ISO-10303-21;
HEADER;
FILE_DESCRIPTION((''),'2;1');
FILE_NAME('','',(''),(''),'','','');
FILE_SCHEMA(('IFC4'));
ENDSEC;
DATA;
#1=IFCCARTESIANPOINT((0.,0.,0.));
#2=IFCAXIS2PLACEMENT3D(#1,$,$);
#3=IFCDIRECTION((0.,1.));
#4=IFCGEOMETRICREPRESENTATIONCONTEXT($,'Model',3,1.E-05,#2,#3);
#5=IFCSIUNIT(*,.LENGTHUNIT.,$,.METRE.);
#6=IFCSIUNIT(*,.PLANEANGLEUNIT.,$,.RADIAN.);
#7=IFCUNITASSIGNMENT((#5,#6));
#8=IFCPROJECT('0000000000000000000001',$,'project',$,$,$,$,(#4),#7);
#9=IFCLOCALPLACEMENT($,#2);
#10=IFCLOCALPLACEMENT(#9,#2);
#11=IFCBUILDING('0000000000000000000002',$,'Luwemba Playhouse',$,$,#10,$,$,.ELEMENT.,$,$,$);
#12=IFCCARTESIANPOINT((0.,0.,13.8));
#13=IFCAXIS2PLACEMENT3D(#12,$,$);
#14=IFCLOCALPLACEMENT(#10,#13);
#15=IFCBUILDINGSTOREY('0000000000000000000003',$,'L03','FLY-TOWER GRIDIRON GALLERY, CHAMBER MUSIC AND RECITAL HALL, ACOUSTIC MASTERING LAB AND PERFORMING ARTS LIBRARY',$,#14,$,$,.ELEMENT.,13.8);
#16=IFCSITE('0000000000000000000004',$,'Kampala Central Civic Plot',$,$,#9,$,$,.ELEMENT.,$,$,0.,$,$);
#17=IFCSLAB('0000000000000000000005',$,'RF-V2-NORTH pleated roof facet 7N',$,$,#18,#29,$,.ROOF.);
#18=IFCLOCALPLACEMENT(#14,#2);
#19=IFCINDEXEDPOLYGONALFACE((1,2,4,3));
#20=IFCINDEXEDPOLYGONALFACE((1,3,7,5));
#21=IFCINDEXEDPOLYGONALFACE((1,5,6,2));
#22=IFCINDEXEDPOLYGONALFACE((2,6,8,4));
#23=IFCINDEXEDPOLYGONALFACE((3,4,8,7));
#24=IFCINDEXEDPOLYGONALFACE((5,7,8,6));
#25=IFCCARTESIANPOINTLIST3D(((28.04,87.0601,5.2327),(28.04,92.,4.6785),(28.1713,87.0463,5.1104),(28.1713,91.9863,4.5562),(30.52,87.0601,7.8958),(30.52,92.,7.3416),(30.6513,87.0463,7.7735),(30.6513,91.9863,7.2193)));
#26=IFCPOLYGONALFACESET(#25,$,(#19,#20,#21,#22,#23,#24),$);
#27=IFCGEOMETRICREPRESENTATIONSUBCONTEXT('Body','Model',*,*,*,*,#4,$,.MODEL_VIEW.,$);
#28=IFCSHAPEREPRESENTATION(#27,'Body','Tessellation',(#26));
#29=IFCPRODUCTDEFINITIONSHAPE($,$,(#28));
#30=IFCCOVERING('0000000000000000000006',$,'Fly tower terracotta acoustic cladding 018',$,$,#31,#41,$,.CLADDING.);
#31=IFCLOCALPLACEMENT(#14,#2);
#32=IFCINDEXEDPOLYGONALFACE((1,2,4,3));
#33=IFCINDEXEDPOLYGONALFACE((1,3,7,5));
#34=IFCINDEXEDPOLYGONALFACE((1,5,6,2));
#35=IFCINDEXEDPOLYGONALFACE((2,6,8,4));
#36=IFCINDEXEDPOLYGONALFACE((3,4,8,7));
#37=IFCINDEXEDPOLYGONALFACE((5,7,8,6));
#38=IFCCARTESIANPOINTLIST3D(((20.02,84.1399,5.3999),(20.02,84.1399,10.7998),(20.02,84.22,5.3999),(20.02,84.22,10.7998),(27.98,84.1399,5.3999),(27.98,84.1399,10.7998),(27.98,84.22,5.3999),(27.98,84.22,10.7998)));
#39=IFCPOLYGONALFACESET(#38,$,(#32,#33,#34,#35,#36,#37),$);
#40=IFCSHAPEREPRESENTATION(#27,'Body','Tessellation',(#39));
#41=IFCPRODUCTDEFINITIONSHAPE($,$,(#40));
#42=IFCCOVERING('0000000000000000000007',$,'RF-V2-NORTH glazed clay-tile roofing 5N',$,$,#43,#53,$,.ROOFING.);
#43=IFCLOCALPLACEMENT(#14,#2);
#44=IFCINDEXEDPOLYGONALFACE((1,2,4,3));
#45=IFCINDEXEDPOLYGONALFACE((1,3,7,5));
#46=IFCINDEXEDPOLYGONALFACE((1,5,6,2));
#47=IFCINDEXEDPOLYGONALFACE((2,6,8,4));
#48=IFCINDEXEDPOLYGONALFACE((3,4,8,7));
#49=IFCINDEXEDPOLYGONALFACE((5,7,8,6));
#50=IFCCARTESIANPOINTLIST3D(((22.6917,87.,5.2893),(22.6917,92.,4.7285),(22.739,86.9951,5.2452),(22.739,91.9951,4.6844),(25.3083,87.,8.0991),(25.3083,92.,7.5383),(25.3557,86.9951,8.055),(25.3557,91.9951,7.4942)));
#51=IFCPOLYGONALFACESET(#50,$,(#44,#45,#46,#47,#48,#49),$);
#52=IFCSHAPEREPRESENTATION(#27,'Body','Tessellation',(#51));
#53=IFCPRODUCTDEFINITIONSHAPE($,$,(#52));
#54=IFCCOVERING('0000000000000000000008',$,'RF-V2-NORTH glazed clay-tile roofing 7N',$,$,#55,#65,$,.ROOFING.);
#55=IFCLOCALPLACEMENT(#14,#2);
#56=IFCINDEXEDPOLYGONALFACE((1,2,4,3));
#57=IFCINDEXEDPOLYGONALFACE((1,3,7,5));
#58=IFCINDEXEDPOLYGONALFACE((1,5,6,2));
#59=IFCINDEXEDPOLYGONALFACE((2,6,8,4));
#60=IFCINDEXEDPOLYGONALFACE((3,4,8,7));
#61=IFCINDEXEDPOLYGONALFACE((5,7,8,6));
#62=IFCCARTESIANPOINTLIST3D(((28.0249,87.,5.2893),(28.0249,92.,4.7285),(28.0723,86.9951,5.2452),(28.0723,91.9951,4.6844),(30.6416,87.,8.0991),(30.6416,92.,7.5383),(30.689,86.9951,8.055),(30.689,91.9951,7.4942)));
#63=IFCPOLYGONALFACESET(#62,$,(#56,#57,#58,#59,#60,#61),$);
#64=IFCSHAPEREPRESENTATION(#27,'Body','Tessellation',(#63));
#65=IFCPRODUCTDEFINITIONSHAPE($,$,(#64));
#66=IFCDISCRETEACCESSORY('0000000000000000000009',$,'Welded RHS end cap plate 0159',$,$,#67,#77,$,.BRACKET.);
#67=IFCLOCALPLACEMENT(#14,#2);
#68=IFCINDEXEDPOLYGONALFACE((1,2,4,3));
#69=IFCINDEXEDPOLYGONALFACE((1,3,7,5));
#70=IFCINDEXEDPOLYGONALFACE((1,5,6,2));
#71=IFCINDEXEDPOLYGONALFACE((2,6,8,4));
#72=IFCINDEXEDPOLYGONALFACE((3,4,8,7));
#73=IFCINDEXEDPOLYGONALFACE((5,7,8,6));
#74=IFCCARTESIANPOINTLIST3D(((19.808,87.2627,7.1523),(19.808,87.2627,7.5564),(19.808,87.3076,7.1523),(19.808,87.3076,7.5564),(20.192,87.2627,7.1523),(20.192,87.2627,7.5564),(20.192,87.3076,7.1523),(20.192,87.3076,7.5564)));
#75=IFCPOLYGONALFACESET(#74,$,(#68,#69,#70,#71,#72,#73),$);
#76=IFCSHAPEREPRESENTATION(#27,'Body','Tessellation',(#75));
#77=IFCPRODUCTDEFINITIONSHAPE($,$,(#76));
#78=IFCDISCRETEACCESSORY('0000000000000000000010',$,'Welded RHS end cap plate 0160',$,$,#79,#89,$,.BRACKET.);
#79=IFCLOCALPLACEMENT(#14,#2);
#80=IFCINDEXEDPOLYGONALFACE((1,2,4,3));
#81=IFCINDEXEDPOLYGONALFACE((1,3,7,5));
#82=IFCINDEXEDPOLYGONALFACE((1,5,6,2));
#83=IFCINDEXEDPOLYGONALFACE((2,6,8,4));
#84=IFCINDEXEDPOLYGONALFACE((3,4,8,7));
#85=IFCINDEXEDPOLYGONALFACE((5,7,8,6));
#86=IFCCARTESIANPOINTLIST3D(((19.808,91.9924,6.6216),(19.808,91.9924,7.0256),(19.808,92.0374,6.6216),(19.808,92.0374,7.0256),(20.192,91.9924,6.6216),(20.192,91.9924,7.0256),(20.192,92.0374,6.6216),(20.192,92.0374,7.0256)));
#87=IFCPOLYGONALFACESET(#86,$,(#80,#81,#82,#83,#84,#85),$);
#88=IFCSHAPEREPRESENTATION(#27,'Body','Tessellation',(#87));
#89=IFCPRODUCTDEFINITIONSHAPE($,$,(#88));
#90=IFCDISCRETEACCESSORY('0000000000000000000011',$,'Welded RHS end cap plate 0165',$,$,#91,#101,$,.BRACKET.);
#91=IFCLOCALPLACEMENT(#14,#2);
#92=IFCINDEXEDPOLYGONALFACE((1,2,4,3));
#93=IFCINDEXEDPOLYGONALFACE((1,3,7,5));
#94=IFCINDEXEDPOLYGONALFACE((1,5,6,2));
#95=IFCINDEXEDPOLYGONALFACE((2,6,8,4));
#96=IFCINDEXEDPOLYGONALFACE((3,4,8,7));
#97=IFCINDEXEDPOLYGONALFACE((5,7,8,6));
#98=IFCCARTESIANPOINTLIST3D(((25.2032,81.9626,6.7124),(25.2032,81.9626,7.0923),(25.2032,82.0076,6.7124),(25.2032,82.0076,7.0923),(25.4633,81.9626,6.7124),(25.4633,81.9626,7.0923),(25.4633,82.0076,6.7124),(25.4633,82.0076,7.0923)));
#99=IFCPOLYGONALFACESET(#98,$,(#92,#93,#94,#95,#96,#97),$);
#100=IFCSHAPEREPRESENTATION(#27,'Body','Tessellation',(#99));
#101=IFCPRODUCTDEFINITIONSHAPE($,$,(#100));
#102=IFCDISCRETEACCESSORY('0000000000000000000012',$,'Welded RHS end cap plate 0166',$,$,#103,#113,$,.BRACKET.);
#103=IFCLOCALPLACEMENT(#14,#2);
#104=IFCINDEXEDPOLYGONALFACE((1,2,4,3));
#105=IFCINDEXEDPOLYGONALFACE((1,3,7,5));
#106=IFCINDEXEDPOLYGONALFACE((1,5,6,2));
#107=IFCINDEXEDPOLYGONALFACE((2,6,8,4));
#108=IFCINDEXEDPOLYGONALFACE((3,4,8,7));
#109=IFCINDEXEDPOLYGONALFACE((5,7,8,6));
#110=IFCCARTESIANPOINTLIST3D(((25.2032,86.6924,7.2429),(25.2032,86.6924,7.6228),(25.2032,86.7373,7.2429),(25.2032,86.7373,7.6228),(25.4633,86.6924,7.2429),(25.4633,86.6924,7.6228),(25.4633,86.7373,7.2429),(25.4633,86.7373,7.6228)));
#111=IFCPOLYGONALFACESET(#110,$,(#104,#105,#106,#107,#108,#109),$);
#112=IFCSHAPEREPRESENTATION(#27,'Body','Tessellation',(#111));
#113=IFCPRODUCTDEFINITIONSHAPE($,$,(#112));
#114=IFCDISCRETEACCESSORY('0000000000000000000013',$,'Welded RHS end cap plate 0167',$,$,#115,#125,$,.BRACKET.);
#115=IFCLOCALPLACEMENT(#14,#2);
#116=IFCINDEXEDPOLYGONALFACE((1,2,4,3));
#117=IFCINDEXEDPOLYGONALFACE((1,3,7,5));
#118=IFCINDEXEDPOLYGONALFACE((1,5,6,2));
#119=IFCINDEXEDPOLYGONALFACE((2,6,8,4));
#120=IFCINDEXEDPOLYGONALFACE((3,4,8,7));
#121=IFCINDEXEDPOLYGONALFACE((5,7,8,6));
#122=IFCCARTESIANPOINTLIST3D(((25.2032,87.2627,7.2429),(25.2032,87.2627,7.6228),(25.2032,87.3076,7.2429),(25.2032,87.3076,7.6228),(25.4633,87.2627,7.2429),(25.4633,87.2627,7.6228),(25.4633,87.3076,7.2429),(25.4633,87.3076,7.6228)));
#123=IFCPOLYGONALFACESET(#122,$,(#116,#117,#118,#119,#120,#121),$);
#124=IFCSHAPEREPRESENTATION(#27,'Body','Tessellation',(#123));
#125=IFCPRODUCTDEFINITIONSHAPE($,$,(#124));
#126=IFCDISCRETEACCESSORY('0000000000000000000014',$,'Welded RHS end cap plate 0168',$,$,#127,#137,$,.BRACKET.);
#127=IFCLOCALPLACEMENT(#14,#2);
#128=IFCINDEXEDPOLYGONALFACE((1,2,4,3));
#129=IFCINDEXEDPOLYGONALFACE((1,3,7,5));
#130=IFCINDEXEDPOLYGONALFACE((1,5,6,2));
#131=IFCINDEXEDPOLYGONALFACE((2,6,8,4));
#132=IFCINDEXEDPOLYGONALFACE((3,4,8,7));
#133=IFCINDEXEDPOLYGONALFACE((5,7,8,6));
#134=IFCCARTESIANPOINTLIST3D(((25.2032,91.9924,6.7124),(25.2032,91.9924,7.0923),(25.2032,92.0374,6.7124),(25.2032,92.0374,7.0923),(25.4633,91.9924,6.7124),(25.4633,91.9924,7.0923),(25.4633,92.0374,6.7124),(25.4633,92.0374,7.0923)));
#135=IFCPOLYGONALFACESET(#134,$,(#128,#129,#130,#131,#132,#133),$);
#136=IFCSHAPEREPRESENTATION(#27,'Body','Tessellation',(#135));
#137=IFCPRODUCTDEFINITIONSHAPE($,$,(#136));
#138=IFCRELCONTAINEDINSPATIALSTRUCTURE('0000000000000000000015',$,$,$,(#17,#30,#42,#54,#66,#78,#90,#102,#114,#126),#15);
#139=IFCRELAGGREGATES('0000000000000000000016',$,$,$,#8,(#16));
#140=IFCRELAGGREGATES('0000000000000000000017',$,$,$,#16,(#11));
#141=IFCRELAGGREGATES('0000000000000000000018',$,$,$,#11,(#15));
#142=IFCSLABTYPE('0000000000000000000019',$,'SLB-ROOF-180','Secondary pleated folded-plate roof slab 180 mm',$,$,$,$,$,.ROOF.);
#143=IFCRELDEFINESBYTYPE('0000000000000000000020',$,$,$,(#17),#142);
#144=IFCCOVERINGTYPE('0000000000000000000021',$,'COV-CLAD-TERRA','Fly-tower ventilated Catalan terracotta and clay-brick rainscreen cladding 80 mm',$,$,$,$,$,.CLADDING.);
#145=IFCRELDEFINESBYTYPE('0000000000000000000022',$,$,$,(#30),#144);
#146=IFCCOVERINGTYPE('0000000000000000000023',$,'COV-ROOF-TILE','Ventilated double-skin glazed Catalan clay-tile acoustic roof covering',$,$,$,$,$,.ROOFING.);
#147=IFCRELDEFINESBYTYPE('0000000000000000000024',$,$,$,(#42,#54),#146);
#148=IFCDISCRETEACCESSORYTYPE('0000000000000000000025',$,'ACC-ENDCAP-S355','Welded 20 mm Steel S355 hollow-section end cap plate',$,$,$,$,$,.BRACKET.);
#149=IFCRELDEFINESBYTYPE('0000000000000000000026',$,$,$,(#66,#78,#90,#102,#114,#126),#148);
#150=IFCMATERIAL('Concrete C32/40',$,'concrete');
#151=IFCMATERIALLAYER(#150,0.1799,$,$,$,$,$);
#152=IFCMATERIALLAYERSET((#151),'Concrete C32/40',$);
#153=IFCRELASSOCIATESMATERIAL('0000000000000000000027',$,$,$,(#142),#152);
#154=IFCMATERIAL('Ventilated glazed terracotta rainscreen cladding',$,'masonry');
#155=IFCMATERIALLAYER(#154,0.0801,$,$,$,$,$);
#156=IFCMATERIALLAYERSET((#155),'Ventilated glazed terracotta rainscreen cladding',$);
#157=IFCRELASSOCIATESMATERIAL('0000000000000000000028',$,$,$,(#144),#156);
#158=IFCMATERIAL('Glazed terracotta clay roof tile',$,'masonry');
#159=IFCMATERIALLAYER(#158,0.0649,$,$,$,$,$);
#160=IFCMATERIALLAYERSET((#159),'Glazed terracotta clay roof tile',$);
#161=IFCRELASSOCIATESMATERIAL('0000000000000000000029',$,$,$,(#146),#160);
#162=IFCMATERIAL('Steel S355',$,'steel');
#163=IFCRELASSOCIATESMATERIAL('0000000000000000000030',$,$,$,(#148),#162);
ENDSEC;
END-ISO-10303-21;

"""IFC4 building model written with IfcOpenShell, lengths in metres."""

from ifc_helpers import new_model, si_unit, direction, frame, origin, origin_2d, place, context, subcontext, project, spatial, polyline, rectangle, outline, extrude, material, layer, layer_set, type_object, element, save


model = new_model("IFC4")

# Units and contexts
model_context = context("Model", 3, precision=1e-05, world=origin(), true_north=direction((0.0, 1.0)))
body_context = subcontext(model_context, "Body", "Model", "MODEL_VIEW")
ifc_project = project(units=[si_unit("LENGTHUNIT", "METRE"), si_unit("PLANEANGLEUNIT", "RADIAN")], contexts=[model_context])

# Site, building, storey
site_placement = place(None, origin())
site = spatial("IfcSite", under=ifc_project, at=site_placement, Name="Kampala Central Civic Plot", CompositionType="ELEMENT", RefElevation=0.0)
building_placement = place(site_placement, origin())
building = spatial("IfcBuilding", under=site, at=building_placement, Name="Luwemba Playhouse", CompositionType="ELEMENT")
storey_placement = place(building_placement, frame((0.0, 0.0, 13.8)))
storey = spatial("IfcBuildingStorey", under=building, at=storey_placement, Name="L03", Description="FLY-TOWER GRIDIRON GALLERY, CHAMBER MUSIC AND RECITAL HALL, ACOUSTIC MASTERING LAB AND PERFORMING ARTS LIBRARY", CompositionType="ELEMENT", Elevation=13.8)

# Shared definitions
ifc_material_1 = material(Name="Steel S355", Category="steel")

# Slab
ifc_material_2 = material(Name="Concrete C32/40", Category="concrete")
ifc_layer_1 = layer(ifc_material_2, 0.1799)
ifc_layer_set_1 = layer_set([ifc_layer_1], Name="Concrete C32/40")
slab_type = type_object("IfcSlabType", Name="SLB-ROOF-180", Description="Secondary pleated folded-plate roof slab 180 mm", PredefinedType="ROOF", material=ifc_layer_set_1)
for number, where, z_axis, x_axis, name in (
    (1, (28.04, 87.0601, 5.2327), (-0.729688, 0.076233, 0.679517), (0.6815, 0.0, 0.731818), "RF-V2-NORTH pleated roof facet 7N"),
):
    element("IfcSlab", number, at=place(storey_placement, frame(where, z_axis=z_axis, x_axis=x_axis)), inside=storey, type_object=slab_type, Name=name, PredefinedType="ROOF", context=body_context, shape_type="SweptSolid", body=[
        extrude(outline(polyline([(0.0, 0.0), (3.639, 0.0), (3.2334, 4.9544), (-0.4056, 4.9544), (0.0, 0.0)])), origin(), (0.0, 0.0, -1.0), 0.1799),
    ])

# Coverings
ifc_material_3 = material(Name="Ventilated glazed terracotta rainscreen cladding", Category="masonry")
ifc_layer_2 = layer(ifc_material_3, 0.0801)
ifc_layer_set_2 = layer_set([ifc_layer_2], Name="Ventilated glazed terracotta rainscreen cladding")
covering_type_1 = type_object("IfcCoveringType", Name="COV-CLAD-TERRA", Description="Fly-tower ventilated Catalan terracotta and clay-brick rainscreen cladding 80 mm", PredefinedType="CLADDING", material=ifc_layer_set_2)
covering_placement = place(storey_placement, frame((24.0, 84.1799, 5.3999), z_axis=(0.0, 0.0, 1.0), x_axis=(1.0, 0.0, 0.0)))
element("IfcCovering", 2, at=covering_placement, inside=storey, type_object=covering_type_1, Name="Fly tower terracotta acoustic cladding 018", PredefinedType="CLADDING", context=body_context, shape_type="SweptSolid", body=[
    extrude(rectangle(XDim=7.96, YDim=0.0801, at=origin_2d()), origin(), (0.0, 0.0, 1.0), 5.3999),
])
ifc_material_4 = material(Name="Glazed terracotta clay roof tile", Category="masonry")
ifc_layer_3 = layer(ifc_material_4, 0.0649)
ifc_layer_set_3 = layer_set([ifc_layer_3], Name="Glazed terracotta clay roof tile")
covering_type_2 = type_object("IfcCoveringType", Name="COV-ROOF-TILE", Description="Ventilated double-skin glazed Catalan clay-tile acoustic roof covering", PredefinedType="ROOFING", material=ifc_layer_set_3)
for number, where, z_axis, x_axis, name in (
    (3, (22.6917, 87.0, 5.2893), (-0.729679, 0.076215, 0.679529), (0.681511, 0.0, 0.731808), "RF-V2-NORTH glazed clay-tile roofing 5N"),
    (4, (28.0249, 87.0, 5.2893), (-0.729679, 0.076215, 0.679529), (0.681511, 0.0, 0.731808), "RF-V2-NORTH glazed clay-tile roofing 7N"),
):
    element("IfcCovering", number, at=place(storey_placement, frame(where, z_axis=z_axis, x_axis=x_axis)), inside=storey, type_object=covering_type_2, Name=name, PredefinedType="ROOFING", context=body_context, shape_type="SweptSolid", body=[
        extrude(outline(polyline([(0.0, 0.0), (3.8396, 0.0), (3.4292, 5.0146), (-0.4104, 5.0146), (0.0, 0.0)])), origin(), (0.0, 0.0, -1.0), 0.0649),
    ])

# Discrete accessories
discrete_accessory_type = type_object("IfcDiscreteAccessoryType", Name="ACC-ENDCAP-S355", Description="Welded 20 mm Steel S355 hollow-section end cap plate", PredefinedType="BRACKET", material=ifc_material_1)
for number, where, z_axis, x_axis, name in (
    (5, (20.0, 87.2852, 7.1523), (0.0, 0.0, 1.0), (1.0, 0.0, 0.0), "Welded RHS end cap plate 0159"),
    (6, (20.0, 92.0149, 6.6216), (0.0, 0.0, 1.0), (1.0, 0.0, 0.0), "Welded RHS end cap plate 0160"),
):
    element("IfcDiscreteAccessory", number, at=place(storey_placement, frame(where, z_axis=z_axis, x_axis=x_axis)), inside=storey, type_object=discrete_accessory_type, Name=name, PredefinedType="BRACKET", context=body_context, shape_type="SweptSolid", body=[
        extrude(rectangle(XDim=0.384, YDim=0.0449, at=origin_2d()), origin(), (0.0, 0.0, 1.0), 0.4041),
    ])
for number, where, z_axis, x_axis, name in (
    (7, (25.3333, 81.9851, 6.7124), (0.0, 0.0, 1.0), (1.0, 0.0, 0.0), "Welded RHS end cap plate 0165"),
    (8, (25.3333, 86.7148, 7.2429), (0.0, 0.0, 1.0), (1.0, 0.0, 0.0), "Welded RHS end cap plate 0166"),
    (9, (25.3333, 87.2852, 7.2429), (0.0, 0.0, 1.0), (1.0, 0.0, 0.0), "Welded RHS end cap plate 0167"),
    (10, (25.3333, 92.0149, 6.7124), (0.0, 0.0, 1.0), (1.0, 0.0, 0.0), "Welded RHS end cap plate 0168"),
):
    element("IfcDiscreteAccessory", number, at=place(storey_placement, frame(where, z_axis=z_axis, x_axis=x_axis)), inside=storey, type_object=discrete_accessory_type, Name=name, PredefinedType="BRACKET", context=body_context, shape_type="SweptSolid", body=[
        extrude(rectangle(XDim=0.26, YDim=0.0449, at=origin_2d()), origin(), (0.0, 0.0, 1.0), 0.3799),
    ])

save(model, "model.ifc")
